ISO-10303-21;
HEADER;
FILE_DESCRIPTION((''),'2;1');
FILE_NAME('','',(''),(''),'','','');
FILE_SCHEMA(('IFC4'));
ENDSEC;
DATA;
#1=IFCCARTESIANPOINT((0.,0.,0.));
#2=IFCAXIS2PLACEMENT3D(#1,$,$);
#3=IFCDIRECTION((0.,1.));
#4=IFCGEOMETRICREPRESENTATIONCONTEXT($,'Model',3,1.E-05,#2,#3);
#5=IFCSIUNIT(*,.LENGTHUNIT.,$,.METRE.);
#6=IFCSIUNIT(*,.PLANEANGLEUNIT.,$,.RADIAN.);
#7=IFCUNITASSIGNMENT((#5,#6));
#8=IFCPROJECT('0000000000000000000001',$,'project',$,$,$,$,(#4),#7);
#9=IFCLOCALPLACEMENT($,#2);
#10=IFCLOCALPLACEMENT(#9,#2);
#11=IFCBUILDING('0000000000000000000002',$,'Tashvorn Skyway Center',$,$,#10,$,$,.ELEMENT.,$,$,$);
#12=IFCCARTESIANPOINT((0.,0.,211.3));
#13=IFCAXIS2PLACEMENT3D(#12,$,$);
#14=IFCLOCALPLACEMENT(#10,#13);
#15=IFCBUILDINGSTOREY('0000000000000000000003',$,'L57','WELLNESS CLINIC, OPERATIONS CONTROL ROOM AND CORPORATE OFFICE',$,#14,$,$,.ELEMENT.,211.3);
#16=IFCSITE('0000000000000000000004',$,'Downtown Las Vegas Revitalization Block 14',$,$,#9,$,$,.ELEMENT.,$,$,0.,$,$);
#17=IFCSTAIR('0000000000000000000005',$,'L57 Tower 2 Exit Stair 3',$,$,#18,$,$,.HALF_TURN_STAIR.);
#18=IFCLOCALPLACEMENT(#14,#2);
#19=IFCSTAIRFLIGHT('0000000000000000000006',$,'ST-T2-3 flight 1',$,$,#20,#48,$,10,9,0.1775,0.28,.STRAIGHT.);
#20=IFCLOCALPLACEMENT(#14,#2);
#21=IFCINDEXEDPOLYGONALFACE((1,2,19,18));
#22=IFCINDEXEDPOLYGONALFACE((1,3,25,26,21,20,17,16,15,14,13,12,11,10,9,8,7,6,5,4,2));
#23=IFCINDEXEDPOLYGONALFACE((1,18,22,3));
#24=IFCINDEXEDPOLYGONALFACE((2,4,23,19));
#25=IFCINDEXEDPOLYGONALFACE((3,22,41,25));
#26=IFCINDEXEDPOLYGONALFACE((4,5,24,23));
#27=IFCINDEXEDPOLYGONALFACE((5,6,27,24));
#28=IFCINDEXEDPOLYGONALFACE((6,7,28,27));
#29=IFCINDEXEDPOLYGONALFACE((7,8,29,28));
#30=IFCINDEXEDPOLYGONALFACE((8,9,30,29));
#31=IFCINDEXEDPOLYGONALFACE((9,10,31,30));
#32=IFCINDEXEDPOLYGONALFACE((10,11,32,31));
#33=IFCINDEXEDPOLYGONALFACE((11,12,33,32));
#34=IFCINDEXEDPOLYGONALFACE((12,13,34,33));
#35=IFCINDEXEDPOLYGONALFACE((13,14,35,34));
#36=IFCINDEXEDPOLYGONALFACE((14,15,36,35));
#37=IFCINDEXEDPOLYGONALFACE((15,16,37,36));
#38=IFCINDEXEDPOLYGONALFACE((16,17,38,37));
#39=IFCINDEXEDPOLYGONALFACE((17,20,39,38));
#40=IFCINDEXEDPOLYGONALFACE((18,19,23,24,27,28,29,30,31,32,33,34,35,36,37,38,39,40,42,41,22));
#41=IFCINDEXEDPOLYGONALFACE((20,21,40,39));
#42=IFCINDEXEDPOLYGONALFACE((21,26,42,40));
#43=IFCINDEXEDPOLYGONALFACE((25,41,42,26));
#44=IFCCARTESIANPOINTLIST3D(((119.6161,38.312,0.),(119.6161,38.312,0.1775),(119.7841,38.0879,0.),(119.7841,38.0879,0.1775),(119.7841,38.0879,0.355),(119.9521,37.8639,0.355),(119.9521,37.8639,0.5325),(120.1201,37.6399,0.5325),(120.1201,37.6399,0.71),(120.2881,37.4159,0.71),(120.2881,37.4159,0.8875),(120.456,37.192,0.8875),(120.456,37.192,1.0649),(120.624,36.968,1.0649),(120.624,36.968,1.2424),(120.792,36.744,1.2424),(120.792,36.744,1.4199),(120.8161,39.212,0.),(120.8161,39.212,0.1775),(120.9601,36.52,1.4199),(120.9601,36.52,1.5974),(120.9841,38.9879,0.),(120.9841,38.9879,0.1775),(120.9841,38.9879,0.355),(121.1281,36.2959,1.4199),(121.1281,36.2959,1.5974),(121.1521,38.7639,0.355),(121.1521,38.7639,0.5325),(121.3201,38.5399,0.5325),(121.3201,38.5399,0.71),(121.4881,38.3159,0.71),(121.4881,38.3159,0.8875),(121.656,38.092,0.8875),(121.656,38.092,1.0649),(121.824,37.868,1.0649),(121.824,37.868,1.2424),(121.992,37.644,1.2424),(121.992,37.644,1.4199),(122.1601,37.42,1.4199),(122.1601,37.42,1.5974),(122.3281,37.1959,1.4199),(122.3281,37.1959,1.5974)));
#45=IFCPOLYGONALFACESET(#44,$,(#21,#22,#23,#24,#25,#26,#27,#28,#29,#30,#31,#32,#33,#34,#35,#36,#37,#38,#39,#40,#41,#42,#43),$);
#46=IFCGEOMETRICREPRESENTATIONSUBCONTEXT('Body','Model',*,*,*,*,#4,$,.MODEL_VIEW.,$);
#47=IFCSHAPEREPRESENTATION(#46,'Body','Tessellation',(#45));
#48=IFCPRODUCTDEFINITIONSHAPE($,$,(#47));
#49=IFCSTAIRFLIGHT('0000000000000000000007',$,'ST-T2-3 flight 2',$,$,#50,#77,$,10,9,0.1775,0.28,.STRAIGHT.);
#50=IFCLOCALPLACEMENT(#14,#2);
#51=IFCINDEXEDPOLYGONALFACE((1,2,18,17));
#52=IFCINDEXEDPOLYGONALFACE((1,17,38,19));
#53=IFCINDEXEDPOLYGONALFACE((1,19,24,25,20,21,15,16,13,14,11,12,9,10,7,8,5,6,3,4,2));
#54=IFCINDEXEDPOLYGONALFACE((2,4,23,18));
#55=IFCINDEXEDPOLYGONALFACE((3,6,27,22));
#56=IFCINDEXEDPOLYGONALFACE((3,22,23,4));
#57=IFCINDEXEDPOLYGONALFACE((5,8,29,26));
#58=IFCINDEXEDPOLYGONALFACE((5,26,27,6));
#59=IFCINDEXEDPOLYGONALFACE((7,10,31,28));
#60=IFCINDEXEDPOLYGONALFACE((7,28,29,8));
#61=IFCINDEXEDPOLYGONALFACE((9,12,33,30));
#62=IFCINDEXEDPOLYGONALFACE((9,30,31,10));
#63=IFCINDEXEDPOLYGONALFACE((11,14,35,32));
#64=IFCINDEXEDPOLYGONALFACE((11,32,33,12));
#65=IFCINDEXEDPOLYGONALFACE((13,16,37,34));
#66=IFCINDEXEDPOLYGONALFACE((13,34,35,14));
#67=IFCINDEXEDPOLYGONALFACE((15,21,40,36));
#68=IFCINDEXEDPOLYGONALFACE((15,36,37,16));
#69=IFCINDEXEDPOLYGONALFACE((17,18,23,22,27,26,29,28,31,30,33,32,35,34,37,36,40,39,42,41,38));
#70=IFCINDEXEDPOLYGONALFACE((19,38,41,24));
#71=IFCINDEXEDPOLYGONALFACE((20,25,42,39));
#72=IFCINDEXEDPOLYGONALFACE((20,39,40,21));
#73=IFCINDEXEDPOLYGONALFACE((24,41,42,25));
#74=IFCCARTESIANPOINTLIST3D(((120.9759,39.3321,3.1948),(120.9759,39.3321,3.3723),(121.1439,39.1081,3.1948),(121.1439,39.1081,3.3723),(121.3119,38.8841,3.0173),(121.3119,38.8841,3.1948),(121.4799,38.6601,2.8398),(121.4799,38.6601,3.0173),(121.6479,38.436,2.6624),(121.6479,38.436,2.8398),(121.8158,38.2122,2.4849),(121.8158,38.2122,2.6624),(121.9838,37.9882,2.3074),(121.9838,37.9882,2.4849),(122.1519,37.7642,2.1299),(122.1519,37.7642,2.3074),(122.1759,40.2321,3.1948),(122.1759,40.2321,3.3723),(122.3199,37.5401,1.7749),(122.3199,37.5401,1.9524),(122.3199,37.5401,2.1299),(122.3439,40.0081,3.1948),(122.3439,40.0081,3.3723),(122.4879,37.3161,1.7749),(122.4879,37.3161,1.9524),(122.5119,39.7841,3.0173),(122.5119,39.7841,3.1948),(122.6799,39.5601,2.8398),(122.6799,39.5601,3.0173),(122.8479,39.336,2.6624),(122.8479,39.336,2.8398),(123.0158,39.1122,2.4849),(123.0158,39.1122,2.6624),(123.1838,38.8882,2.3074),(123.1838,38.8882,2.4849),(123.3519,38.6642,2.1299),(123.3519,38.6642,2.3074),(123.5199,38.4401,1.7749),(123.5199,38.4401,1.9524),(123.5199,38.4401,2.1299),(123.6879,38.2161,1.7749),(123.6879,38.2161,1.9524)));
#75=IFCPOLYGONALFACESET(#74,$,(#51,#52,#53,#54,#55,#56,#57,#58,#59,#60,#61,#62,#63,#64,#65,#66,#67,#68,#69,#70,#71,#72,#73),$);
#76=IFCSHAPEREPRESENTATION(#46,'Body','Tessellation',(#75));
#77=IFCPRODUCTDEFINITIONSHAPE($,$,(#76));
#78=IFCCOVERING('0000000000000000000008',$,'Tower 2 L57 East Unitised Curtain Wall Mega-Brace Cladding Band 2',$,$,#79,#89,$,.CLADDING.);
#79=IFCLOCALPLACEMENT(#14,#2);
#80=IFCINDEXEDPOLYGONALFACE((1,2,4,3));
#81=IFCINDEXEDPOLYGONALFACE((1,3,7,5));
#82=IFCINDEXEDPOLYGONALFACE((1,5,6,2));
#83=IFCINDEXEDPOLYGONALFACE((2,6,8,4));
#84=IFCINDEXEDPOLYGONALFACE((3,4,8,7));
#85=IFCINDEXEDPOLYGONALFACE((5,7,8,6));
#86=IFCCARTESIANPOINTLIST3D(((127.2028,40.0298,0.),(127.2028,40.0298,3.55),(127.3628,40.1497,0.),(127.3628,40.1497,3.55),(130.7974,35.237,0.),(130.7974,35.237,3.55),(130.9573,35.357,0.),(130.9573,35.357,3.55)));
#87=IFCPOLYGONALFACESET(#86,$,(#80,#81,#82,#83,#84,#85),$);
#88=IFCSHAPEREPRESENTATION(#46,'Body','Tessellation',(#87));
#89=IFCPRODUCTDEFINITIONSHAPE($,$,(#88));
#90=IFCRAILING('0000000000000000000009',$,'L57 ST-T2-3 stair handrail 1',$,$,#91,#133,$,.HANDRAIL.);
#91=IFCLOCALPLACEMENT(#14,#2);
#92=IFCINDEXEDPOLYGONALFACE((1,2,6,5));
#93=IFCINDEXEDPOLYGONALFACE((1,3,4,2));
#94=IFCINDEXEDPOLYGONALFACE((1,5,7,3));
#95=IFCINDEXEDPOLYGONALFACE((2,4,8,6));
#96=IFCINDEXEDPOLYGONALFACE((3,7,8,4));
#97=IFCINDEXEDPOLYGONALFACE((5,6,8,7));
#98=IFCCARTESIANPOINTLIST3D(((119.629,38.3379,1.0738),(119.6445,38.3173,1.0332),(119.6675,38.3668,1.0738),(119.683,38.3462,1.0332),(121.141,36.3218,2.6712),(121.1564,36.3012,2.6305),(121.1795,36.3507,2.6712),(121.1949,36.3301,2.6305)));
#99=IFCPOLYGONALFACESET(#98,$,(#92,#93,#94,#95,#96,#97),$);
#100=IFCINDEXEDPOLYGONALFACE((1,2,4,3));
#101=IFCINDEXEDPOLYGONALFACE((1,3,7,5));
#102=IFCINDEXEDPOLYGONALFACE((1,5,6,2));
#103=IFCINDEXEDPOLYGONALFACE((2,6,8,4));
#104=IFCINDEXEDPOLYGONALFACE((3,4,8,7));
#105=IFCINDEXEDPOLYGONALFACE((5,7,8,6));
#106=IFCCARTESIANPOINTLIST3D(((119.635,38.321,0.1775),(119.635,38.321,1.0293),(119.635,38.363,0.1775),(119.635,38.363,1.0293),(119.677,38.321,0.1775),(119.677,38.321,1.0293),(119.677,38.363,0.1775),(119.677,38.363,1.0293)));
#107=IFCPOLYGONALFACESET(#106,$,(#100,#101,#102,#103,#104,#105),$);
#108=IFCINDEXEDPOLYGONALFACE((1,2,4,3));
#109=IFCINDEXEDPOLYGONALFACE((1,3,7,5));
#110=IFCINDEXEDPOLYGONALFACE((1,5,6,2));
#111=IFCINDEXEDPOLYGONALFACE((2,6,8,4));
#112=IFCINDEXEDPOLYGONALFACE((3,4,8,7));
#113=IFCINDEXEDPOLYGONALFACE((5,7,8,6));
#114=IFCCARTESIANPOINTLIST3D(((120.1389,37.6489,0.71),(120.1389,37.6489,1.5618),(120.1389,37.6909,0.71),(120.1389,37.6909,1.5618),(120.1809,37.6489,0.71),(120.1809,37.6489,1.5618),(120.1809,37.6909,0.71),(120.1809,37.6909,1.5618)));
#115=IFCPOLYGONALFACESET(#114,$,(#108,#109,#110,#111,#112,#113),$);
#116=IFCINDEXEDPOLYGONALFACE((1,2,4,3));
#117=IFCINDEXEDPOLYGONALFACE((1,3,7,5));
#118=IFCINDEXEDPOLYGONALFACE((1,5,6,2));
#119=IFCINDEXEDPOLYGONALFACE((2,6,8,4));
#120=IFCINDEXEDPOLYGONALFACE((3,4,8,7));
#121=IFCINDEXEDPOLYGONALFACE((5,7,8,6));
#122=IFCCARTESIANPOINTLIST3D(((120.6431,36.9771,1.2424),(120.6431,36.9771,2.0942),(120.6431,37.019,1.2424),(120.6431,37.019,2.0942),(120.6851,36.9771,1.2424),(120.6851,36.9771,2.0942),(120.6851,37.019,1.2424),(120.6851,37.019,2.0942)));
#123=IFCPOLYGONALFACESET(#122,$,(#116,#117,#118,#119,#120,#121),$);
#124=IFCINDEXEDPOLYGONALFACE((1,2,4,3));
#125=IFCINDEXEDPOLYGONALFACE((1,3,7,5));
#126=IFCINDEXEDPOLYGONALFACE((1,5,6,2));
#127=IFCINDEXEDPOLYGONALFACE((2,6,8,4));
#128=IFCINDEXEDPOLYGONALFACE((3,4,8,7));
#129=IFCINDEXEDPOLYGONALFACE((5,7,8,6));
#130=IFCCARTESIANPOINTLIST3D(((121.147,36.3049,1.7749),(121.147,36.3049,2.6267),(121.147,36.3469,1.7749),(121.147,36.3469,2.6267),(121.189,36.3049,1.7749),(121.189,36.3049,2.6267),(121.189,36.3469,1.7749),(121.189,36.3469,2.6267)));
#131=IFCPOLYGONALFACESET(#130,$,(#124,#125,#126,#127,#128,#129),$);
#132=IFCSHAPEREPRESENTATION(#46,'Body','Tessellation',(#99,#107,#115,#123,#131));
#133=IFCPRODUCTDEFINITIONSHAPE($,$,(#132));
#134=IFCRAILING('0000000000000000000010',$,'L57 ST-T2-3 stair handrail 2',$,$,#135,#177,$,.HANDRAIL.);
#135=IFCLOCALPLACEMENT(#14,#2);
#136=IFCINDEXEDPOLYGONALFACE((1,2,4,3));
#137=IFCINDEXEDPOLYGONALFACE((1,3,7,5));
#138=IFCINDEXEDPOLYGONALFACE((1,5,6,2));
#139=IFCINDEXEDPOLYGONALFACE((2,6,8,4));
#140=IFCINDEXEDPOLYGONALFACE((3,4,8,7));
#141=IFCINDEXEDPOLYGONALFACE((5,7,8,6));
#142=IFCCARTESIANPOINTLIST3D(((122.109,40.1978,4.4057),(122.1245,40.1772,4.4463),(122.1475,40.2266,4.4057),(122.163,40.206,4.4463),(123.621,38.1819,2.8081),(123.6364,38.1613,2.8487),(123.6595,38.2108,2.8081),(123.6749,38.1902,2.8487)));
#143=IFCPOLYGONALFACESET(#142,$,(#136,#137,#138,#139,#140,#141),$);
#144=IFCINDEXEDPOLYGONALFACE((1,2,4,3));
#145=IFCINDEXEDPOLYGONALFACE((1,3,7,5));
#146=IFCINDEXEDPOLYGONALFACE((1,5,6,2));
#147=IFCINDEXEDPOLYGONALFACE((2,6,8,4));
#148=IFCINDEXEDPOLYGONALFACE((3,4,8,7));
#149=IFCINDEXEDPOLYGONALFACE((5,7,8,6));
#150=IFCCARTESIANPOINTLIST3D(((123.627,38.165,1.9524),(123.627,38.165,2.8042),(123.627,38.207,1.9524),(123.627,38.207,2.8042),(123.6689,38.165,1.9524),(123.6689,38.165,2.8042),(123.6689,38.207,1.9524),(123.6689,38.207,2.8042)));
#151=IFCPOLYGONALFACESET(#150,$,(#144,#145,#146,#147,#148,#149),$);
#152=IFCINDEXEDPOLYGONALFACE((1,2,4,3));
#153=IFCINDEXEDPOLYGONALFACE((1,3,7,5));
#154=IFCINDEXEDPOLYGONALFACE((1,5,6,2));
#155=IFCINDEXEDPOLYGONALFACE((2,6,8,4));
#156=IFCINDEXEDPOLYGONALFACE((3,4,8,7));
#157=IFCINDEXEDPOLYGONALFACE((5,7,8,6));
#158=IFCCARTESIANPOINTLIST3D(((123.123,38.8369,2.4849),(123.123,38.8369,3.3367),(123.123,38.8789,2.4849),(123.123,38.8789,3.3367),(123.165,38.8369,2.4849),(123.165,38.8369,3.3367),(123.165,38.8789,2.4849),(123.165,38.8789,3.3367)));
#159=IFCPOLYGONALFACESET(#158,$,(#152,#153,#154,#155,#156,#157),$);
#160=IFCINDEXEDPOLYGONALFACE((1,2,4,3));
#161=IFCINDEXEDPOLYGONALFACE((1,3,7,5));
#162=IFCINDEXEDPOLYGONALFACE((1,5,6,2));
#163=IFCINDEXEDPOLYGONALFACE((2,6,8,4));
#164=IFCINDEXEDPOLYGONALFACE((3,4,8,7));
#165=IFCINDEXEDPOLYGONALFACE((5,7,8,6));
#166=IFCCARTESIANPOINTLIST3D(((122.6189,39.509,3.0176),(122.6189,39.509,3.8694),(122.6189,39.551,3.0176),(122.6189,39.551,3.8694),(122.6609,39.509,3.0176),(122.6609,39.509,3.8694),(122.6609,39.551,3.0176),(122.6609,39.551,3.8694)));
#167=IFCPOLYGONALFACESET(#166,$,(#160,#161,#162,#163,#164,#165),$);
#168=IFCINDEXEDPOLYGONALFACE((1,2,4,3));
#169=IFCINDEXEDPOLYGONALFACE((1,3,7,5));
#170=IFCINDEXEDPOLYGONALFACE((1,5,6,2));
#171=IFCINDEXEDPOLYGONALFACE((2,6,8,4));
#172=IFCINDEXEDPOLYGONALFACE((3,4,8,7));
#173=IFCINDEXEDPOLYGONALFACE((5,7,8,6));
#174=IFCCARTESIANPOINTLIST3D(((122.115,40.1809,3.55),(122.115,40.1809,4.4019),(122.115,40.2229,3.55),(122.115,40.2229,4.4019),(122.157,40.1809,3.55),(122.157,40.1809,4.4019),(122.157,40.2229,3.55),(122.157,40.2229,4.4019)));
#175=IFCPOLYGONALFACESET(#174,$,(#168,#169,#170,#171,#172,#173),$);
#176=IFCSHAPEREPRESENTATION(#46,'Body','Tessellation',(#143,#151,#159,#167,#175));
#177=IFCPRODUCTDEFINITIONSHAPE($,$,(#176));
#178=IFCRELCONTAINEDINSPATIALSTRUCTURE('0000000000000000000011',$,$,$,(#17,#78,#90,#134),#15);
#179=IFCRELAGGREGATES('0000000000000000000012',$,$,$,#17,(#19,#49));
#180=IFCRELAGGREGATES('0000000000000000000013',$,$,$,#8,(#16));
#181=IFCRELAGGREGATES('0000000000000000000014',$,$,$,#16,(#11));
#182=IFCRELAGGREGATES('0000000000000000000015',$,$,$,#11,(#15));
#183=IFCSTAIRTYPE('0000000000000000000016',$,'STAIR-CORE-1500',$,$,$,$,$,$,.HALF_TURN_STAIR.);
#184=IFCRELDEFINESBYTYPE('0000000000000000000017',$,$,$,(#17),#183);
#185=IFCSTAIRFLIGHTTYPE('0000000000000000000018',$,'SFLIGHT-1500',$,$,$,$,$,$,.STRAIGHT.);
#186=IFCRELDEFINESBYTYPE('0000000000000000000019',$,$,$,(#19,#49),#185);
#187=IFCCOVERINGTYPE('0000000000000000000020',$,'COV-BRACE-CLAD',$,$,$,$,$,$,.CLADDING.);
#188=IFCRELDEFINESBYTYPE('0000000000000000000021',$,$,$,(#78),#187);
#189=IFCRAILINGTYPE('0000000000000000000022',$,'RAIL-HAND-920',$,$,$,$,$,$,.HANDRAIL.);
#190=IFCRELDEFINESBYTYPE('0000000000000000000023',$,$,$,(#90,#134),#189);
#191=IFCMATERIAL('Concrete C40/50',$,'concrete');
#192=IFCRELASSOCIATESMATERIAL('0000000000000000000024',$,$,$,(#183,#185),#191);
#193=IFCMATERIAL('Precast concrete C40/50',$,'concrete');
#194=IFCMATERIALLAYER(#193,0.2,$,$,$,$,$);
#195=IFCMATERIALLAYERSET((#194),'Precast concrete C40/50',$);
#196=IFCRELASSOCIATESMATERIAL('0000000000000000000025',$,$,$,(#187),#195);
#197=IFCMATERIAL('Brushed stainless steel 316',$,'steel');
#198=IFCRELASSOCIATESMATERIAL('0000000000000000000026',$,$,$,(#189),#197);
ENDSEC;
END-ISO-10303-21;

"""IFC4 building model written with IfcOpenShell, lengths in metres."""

from ifc_helpers import new_model, si_unit, direction, frame, origin, origin_2d, place, context, subcontext, project, spatial, polyline, rectangle, outline, extrude, material, layer, layer_set, type_object, element, aggregate, save


model = new_model("IFC4")

# Units and contexts
model_context = context("Model", 3, precision=1e-05, world=origin(), true_north=direction((0.0, 1.0)))
body_context = subcontext(model_context, "Body", "Model", "MODEL_VIEW")
ifc_project = project(units=[si_unit("LENGTHUNIT", "METRE"), si_unit("PLANEANGLEUNIT", "RADIAN")], contexts=[model_context])

# Site, building, storey
site_placement = place(None, origin())
site = spatial("IfcSite", under=ifc_project, at=site_placement, Name="Downtown Las Vegas Revitalization Block 14", CompositionType="ELEMENT", RefElevation=0.0)
building_placement = place(site_placement, origin())
building = spatial("IfcBuilding", under=site, at=building_placement, Name="Tashvorn Skyway Center", CompositionType="ELEMENT")
storey_placement = place(building_placement, frame((0.0, 0.0, 211.3)))
storey = spatial("IfcBuildingStorey", under=building, at=storey_placement, Name="L57", Description="WELLNESS CLINIC, OPERATIONS CONTROL ROOM AND CORPORATE OFFICE", CompositionType="ELEMENT", Elevation=211.3)

# Shared definitions
ifc_material_1 = material(Name="Concrete C40/50", Category="concrete")

# Stair, stair flights
stair_type = type_object("IfcStairType", Name="STAIR-CORE-1500", PredefinedType="HALF_TURN_STAIR", material=ifc_material_1)
stair_placement = place(storey_placement, origin())
stair = element("IfcStair", 1, at=stair_placement, inside=storey, type_object=stair_type, Name="L57 Tower 2 Exit Stair 3", PredefinedType="HALF_TURN_STAIR")
stair_flight_type = type_object("IfcStairFlightType", Name="SFLIGHT-1500", PredefinedType="STRAIGHT", material=ifc_material_1)
stair_flight_1_placement = place(storey_placement, frame((120.2161, 38.762, 0.0), z_axis=(0.0, 0.0, 1.0), x_axis=(0.6, -0.8, 0.0)))
stair_flight_1 = element("IfcStairFlight", 2, at=stair_flight_1_placement, type_object=stair_flight_type, Name="ST-T2-3 flight 1", NumberOfRisers=10, NumberOfTreads=9, PredefinedType="STRAIGHT", RiserHeight=0.1775, TreadLength=0.28, context=body_context, shape_type="SweptSolid", body=[
    extrude(outline(polyline([(0.0, 0.0), (0.0, 0.1775), (0.28, 0.1775), (0.28, 0.355), (0.5601, 0.355), (0.5601, 0.5325), (0.8401, 0.5325), (0.8401, 0.71), (1.1201, 0.71), (1.1201, 0.8875), (1.3999, 0.8875), (1.3999, 1.0649), (1.6799, 1.0649), (1.6799, 1.2424), (1.96, 1.2424), (1.96, 1.4199), (2.24, 1.4199), (2.24, 1.5974), (2.52, 1.5974), (2.52, 1.7749), (2.52, 1.4199), (0.28, 0.0), (0.0, 0.0)])), frame((0.0, 0.75, 0.0), z_axis=(0.0, -1.0, 0.0), x_axis=(1.0, 0.0, 0.0)), (0.0, 0.0, 1.0), 1.5),
])
stair_flight_2_placement = place(storey_placement, frame((123.0879, 37.7661, 1.7749), z_axis=(0.0, 0.0, 1.0), x_axis=(-0.6, 0.8, 0.0)))
stair_flight_2 = element("IfcStairFlight", 3, at=stair_flight_2_placement, type_object=stair_flight_type, Name="ST-T2-3 flight 2", NumberOfRisers=10, NumberOfTreads=9, PredefinedType="STRAIGHT", RiserHeight=0.1775, TreadLength=0.28, context=body_context, shape_type="SweptSolid", body=[
    extrude(outline(polyline([(0.0, 0.0), (0.0, 0.1775), (0.28, 0.1775), (0.28, 0.355), (0.5601, 0.355), (0.5601, 0.5325), (0.8401, 0.5325), (0.8401, 0.71), (1.1201, 0.71), (1.1201, 0.8875), (1.3999, 0.8875), (1.3999, 1.0649), (1.6799, 1.0649), (1.6799, 1.2424), (1.96, 1.2424), (1.96, 1.4199), (2.24, 1.4199), (2.24, 1.5974), (2.52, 1.5974), (2.52, 1.7749), (2.52, 1.4199), (0.28, 0.0), (0.0, 0.0)])), frame((0.0, 0.75, 0.0), z_axis=(0.0, -1.0, 0.0), x_axis=(1.0, 0.0, 0.0)), (0.0, 0.0, 1.0), 1.5),
])
aggregate(stair, [stair_flight_1, stair_flight_2])

# Covering
ifc_material_2 = material(Name="Precast concrete C40/50", Category="concrete")
ifc_layer_1 = layer(ifc_material_2, 0.2)
ifc_layer_set_1 = layer_set([ifc_layer_1], Name="Precast concrete C40/50")
covering_type = type_object("IfcCoveringType", Name="COV-BRACE-CLAD", PredefinedType="CLADDING", material=ifc_layer_set_1)
covering_placement = place(storey_placement, frame((129.0801, 37.6934, 0.0), z_axis=(0.0, 0.0, 1.0), x_axis=(0.6, -0.8, 0.0)))
element("IfcCovering", 4, at=covering_placement, inside=storey, type_object=covering_type, Name="Tower 2 L57 East Unitised Curtain Wall Mega-Brace Cladding Band 2", PredefinedType="CLADDING", context=body_context, shape_type="SweptSolid", body=[
    extrude(rectangle(XDim=5.991, YDim=0.2, at=origin_2d()), origin(), (0.0, 0.0, 1.0), 3.55),
])

# Railings
ifc_material_3 = material(Name="Brushed stainless steel 316", Category="steel")
railing_type_1 = type_object("IfcRailingType", Name="RAIL-HAND-920", PredefinedType="HANDRAIL", material=ifc_material_3)
railing_1_placement = place(storey_placement, frame((119.656, 38.342, 0.1775)))
element("IfcRailing", 5, at=railing_1_placement, inside=storey, type_object=railing_type_1, Name="L57 ST-T2-3 stair handrail 1", PredefinedType="HANDRAIL", context=body_context, shape_type="SweptSolid", body=[
    extrude(rectangle(XDim=0.0481, YDim=0.0481, at=origin_2d()), frame((0.0, 0.0, 0.876), z_axis=(0.506741, -0.675709, 0.535379), x_axis=(0.800023, 0.599969, 0.0)), (0.0, 0.0, 1.0), 2.9836),
    extrude(rectangle(XDim=0.042, YDim=0.042, at=origin_2d()), origin(), (0.0, 0.0, 1.0), 0.8518),
    extrude(rectangle(XDim=0.042, YDim=0.042, at=origin_2d()), frame((0.5039, -0.6721, 0.5325)), (0.0, 0.0, 1.0), 0.8518),
    extrude(rectangle(XDim=0.042, YDim=0.042, at=origin_2d()), frame((1.0081, -1.344, 1.0649)), (0.0, 0.0, 1.0), 0.8518),
    extrude(rectangle(XDim=0.042, YDim=0.042, at=origin_2d()), frame((1.512, -2.0161, 1.5974)), (0.0, 0.0, 1.0), 0.8518),
])
railing_2_placement = place(storey_placement, frame((123.6479, 38.186, 1.9524)))
element("IfcRailing", 6, at=railing_2_placement, inside=storey, type_object=railing_type_1, Name="L57 ST-T2-3 stair handrail 2", PredefinedType="HANDRAIL", context=body_context, shape_type="SweptSolid", body=[
    extrude(rectangle(XDim=0.0481, YDim=0.0481, at=origin_2d()), frame((0.0, 0.0, 0.876), z_axis=(-0.506747, 0.675635, 0.535467), x_axis=(-0.799988, -0.600016, 0.0)), (0.0, 0.0, 1.0), 2.9836),
    extrude(rectangle(XDim=0.042, YDim=0.042, at=origin_2d()), origin(), (0.0, 0.0, 1.0), 0.8518),
    extrude(rectangle(XDim=0.042, YDim=0.042, at=origin_2d()), frame((-0.5039, 0.6719, 0.5325)), (0.0, 0.0, 1.0), 0.8518),
    extrude(rectangle(XDim=0.042, YDim=0.042, at=origin_2d()), frame((-1.0081, 1.344, 1.0652)), (0.0, 0.0, 1.0), 0.8518),
    extrude(rectangle(XDim=0.042, YDim=0.042, at=origin_2d()), frame((-1.512, 2.0159, 1.5977)), (0.0, 0.0, 1.0), 0.8518),
])

save(model, "model.ifc")
